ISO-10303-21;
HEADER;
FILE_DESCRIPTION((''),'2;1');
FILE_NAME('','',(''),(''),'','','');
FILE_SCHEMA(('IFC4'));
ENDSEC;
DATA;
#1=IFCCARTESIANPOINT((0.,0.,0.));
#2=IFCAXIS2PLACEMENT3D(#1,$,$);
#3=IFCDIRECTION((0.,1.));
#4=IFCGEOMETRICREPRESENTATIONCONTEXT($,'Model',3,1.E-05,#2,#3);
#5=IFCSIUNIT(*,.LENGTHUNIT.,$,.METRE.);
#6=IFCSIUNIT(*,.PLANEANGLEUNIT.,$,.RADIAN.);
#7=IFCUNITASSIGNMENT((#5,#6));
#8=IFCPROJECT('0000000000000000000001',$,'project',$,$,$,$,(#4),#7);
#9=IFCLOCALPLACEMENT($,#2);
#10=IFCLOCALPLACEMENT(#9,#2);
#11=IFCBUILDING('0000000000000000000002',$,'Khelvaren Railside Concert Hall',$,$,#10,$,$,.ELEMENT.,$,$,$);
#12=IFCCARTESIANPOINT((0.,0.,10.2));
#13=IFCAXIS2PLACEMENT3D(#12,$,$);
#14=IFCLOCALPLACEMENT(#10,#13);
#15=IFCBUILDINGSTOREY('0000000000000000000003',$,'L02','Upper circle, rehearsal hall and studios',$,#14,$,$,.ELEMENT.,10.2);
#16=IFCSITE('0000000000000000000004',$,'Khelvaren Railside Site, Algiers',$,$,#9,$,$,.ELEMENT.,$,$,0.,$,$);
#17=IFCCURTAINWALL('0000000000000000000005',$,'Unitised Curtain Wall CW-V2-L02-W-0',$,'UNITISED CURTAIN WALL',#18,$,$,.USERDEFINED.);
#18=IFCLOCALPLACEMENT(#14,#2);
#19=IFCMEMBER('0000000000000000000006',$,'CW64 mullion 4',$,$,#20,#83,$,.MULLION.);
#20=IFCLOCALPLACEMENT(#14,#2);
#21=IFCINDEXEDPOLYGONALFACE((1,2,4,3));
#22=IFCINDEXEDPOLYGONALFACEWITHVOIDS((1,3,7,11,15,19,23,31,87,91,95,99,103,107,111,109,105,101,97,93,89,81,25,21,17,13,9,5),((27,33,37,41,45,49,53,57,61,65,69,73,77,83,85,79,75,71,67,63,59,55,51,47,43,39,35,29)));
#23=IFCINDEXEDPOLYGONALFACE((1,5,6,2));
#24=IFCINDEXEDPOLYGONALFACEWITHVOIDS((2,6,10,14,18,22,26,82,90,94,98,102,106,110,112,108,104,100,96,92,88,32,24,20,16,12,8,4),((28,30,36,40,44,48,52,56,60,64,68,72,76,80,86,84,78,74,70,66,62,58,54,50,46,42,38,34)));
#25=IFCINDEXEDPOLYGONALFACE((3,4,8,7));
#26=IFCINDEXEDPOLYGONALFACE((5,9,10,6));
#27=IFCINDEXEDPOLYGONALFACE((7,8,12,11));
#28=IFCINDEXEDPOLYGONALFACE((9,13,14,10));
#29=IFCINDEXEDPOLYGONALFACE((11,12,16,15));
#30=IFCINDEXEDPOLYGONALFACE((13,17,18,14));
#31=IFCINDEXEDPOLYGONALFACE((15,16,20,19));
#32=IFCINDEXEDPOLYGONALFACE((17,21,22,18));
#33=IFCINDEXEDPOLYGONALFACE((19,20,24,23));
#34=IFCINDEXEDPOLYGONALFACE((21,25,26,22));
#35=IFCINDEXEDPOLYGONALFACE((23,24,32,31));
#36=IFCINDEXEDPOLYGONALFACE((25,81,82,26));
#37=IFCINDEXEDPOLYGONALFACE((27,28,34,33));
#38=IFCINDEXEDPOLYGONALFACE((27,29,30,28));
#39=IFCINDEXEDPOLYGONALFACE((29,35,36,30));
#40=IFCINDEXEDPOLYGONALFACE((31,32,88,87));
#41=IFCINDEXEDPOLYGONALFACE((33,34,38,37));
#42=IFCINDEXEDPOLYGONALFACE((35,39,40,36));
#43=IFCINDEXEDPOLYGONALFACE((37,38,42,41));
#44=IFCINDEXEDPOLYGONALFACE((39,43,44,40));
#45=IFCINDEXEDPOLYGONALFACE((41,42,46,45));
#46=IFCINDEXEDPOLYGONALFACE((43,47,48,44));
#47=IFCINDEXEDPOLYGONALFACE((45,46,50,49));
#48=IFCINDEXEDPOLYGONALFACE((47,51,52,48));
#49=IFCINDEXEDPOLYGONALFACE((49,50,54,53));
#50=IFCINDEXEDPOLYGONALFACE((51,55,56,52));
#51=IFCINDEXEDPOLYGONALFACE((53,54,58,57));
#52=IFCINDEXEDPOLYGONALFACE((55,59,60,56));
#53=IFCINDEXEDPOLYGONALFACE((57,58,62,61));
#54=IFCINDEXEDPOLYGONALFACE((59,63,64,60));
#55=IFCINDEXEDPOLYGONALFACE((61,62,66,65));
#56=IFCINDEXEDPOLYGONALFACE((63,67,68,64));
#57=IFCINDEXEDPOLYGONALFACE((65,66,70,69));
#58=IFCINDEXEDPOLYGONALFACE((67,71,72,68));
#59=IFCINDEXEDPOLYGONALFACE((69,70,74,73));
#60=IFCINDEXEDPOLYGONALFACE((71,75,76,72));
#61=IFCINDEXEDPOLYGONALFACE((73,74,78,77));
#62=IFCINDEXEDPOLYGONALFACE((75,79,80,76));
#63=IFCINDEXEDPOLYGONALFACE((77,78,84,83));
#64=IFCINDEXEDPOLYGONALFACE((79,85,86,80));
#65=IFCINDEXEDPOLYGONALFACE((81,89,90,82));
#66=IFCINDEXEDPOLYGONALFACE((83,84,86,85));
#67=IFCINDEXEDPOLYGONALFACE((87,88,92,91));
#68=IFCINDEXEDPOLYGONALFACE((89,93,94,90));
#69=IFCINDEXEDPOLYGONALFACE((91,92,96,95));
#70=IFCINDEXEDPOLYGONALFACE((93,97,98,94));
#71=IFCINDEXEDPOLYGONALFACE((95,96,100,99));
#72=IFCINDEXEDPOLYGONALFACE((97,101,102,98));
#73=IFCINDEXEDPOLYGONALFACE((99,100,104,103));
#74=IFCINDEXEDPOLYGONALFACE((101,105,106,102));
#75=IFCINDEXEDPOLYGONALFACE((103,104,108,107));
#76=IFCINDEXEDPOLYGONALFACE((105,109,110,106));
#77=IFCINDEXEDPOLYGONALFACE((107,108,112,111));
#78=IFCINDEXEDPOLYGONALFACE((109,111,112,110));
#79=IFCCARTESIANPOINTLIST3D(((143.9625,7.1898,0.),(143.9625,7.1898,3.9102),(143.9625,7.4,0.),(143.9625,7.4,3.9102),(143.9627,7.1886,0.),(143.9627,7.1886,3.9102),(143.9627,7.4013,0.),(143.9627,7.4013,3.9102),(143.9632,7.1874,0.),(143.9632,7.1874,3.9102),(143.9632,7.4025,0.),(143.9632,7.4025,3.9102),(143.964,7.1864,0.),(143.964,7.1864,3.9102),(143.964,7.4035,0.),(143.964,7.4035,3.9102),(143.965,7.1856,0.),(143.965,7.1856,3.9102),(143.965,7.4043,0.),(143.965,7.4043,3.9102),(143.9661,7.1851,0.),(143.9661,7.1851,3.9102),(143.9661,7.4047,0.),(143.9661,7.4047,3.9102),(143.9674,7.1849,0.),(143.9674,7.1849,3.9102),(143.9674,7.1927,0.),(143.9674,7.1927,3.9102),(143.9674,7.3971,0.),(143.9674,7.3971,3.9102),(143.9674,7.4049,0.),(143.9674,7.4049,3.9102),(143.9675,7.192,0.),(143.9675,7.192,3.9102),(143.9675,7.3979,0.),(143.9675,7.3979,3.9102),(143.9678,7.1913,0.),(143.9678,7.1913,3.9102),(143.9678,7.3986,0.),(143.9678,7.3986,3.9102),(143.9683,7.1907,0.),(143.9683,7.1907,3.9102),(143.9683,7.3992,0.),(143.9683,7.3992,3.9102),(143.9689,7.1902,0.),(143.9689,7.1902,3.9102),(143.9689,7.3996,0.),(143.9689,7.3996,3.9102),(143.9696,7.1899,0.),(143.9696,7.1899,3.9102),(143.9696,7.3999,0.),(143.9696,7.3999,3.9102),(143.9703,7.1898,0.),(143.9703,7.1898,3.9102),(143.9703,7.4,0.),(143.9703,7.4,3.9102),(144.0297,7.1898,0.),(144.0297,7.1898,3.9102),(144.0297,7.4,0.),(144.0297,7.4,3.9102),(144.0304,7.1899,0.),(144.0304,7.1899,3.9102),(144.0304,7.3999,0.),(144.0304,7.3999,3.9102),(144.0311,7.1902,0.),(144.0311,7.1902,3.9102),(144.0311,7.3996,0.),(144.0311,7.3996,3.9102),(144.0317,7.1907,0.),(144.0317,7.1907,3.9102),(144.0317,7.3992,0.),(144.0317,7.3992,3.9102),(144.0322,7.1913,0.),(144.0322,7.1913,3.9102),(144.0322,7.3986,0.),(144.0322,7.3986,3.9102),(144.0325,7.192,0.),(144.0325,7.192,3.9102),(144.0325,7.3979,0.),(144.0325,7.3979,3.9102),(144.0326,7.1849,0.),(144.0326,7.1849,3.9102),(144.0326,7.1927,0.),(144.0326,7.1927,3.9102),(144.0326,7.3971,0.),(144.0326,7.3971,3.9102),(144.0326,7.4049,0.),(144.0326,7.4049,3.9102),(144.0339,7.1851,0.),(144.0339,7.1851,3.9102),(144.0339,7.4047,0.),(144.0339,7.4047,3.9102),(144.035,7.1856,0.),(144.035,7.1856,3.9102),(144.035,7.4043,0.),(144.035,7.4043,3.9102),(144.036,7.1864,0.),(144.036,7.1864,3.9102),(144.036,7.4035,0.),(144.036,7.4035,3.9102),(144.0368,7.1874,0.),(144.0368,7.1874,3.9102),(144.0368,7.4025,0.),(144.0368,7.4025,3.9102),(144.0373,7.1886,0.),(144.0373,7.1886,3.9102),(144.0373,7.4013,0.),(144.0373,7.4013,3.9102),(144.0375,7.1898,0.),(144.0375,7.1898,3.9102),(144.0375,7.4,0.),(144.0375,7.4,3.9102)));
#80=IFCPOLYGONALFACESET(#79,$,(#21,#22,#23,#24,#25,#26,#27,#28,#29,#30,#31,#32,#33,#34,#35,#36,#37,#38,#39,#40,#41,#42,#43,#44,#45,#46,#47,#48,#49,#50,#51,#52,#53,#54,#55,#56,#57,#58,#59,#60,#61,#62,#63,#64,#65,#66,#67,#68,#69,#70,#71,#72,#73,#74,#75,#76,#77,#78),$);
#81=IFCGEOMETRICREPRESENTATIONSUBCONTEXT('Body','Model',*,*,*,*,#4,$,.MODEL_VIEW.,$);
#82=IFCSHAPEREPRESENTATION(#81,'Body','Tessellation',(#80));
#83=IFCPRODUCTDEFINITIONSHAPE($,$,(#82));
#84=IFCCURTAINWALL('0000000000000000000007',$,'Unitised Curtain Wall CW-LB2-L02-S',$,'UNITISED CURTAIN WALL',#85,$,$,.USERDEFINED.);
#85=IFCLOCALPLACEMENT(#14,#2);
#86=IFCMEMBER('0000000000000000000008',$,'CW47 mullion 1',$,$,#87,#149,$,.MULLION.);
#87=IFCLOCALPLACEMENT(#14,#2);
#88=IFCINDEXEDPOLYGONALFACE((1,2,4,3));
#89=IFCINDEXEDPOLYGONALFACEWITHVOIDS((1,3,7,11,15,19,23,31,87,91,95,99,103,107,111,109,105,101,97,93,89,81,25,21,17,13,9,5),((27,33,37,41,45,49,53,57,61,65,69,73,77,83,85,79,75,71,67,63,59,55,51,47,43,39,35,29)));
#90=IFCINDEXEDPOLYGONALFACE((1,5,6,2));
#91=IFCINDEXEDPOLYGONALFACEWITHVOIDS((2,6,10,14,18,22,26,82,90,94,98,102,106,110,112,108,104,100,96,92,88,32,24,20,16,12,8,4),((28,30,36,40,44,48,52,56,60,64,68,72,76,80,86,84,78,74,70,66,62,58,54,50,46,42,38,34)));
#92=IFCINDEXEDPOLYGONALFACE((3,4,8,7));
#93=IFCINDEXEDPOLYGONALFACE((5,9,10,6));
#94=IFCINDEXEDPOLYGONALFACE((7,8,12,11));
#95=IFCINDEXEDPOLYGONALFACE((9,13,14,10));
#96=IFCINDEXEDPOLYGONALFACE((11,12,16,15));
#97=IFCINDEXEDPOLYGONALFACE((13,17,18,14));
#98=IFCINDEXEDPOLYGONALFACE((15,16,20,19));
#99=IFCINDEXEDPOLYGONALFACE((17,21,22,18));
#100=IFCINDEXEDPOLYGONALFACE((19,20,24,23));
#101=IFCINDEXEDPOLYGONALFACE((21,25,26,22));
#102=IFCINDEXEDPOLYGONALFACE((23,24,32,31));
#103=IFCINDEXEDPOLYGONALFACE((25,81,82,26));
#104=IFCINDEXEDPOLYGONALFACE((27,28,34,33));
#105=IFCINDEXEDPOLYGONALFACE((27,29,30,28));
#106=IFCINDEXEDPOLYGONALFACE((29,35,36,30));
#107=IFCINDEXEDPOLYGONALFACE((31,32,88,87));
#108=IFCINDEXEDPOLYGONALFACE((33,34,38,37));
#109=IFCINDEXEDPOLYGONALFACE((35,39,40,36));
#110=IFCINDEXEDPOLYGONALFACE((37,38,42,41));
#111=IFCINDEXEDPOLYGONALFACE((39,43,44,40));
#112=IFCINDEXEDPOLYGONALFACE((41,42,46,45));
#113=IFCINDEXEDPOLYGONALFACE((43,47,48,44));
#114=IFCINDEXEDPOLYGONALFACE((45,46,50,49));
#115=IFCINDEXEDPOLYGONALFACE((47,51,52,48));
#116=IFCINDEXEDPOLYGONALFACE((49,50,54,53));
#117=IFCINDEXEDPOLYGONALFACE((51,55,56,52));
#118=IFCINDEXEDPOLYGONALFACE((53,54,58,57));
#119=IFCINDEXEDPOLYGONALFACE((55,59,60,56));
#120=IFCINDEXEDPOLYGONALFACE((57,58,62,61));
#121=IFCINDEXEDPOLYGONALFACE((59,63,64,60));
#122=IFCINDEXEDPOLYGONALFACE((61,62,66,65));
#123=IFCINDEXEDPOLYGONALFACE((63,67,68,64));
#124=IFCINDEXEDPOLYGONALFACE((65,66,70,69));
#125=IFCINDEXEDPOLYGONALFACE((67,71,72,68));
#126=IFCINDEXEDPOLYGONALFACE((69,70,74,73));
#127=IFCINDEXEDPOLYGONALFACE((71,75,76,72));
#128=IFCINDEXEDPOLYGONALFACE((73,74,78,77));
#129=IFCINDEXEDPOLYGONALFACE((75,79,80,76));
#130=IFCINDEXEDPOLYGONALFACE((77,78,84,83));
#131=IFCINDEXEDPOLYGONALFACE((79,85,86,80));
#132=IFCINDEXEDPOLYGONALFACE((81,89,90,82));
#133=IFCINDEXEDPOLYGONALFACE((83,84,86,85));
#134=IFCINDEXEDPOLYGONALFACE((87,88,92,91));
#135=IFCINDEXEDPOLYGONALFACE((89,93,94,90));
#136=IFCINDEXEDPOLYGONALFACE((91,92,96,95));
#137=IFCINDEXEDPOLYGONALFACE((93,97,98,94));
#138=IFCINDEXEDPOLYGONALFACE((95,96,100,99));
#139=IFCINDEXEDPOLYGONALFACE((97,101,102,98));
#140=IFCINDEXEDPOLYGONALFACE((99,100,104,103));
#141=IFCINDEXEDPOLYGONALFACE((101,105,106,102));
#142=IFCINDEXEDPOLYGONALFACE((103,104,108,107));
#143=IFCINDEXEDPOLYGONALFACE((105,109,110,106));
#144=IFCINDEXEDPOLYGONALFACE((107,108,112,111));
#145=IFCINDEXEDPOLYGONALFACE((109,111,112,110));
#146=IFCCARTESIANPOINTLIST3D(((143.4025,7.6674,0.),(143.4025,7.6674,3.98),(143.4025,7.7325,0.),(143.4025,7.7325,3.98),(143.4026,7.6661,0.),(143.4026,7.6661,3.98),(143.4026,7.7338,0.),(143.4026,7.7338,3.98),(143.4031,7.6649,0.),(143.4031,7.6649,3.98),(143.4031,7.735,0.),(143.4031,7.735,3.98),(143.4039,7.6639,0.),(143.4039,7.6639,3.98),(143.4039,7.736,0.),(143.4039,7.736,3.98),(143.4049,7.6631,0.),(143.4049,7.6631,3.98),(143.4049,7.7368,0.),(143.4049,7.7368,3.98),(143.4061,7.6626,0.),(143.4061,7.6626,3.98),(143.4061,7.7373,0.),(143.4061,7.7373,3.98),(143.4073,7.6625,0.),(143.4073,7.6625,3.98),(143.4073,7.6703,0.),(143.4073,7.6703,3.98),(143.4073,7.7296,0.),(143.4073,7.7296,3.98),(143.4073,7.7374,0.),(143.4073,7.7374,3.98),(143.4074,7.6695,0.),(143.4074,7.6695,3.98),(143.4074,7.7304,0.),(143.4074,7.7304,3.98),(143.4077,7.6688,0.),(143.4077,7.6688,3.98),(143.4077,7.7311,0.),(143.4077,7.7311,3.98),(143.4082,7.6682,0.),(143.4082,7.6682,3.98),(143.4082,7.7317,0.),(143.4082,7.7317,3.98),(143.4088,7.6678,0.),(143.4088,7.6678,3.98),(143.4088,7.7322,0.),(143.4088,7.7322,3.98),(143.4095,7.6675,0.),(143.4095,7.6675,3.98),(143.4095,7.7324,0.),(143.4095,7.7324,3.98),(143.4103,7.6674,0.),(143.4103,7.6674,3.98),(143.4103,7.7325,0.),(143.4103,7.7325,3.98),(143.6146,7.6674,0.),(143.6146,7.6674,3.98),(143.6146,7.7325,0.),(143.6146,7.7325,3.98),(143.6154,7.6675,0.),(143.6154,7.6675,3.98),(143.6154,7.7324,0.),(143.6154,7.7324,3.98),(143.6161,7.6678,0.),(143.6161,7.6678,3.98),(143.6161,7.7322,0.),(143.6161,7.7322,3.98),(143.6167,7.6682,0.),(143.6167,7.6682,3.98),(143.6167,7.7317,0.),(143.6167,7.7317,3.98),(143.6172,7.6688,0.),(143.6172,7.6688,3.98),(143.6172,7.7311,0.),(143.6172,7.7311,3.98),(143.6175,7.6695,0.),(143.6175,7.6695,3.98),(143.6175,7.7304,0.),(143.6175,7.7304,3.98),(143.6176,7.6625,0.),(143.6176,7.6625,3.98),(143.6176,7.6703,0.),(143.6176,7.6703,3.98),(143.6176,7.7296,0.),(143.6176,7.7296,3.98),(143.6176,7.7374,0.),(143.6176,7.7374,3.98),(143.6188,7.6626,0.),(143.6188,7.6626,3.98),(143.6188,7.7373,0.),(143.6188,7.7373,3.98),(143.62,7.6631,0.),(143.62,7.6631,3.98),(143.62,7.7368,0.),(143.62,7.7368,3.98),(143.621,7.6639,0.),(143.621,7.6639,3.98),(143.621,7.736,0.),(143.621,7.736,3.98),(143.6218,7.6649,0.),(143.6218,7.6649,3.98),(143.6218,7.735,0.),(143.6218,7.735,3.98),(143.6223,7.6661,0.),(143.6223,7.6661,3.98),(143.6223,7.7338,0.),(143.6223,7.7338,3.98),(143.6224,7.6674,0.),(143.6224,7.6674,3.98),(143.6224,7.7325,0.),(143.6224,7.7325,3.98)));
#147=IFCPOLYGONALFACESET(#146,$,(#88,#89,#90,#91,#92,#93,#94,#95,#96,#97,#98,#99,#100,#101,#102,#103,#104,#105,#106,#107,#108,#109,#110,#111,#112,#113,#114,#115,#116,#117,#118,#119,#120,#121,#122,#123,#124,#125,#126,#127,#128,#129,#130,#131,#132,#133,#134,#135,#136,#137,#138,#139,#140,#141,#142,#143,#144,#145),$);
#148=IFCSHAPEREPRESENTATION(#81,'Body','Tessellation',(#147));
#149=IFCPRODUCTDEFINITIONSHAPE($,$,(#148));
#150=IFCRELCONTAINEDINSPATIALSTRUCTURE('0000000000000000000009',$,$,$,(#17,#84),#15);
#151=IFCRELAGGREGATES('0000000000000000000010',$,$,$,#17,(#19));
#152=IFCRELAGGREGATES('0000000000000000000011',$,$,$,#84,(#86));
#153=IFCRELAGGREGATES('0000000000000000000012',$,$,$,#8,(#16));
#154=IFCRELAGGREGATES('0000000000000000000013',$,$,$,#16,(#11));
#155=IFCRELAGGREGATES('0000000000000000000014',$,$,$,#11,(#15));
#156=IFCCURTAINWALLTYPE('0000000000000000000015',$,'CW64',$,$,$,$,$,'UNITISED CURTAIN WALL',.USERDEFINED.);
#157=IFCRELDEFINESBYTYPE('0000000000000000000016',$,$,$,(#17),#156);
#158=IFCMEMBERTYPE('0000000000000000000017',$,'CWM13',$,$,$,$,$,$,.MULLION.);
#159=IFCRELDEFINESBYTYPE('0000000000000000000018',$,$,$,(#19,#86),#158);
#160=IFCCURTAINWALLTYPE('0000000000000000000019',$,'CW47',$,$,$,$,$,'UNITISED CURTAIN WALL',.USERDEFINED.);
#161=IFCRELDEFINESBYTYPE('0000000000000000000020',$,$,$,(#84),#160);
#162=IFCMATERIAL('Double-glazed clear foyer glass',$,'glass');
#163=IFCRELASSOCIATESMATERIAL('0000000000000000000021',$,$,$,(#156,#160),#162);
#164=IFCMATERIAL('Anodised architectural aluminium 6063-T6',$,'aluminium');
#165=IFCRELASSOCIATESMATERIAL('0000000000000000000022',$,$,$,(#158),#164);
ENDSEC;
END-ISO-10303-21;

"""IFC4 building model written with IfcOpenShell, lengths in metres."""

from ifc_helpers import new_model, si_unit, direction, frame, origin, origin_2d, place, context, subcontext, project, spatial, hollow_rectangle, extrude, material, material_profile, profile_set, type_object, element, aggregate, save


model = new_model("IFC4")

# Units and contexts
model_context = context("Model", 3, precision=1e-05, world=origin(), true_north=direction((0.0, 1.0)))
body_context = subcontext(model_context, "Body", "Model", "MODEL_VIEW")
ifc_project = project(units=[si_unit("LENGTHUNIT", "METRE"), si_unit("PLANEANGLEUNIT", "RADIAN")], contexts=[model_context])

# Site, building, storey
site_placement = place(None, origin())
site = spatial("IfcSite", under=ifc_project, at=site_placement, Name="Khelvaren Railside Site, Algiers", CompositionType="ELEMENT", RefElevation=0.0)
building_placement = place(site_placement, origin())
building = spatial("IfcBuilding", under=site, at=building_placement, Name="Khelvaren Railside Concert Hall", CompositionType="ELEMENT")
storey_placement = place(building_placement, frame((0.0, 0.0, 10.2)))
storey = spatial("IfcBuildingStorey", under=building, at=storey_placement, Name="L02", Description="Upper circle, rehearsal hall and studios", CompositionType="ELEMENT", Elevation=10.2)

# Curtain wall, member
ifc_material_1 = material(Name="Double-glazed clear foyer glass", Category="glass")
curtain_wall_type_1 = type_object("IfcCurtainWallType", Name="CW64", ElementType="UNITISED CURTAIN WALL", PredefinedType="USERDEFINED", material=ifc_material_1)
curtain_wall_1_placement = place(storey_placement, origin())
curtain_wall_1 = element("IfcCurtainWall", 1, at=curtain_wall_1_placement, inside=storey, type_object=curtain_wall_type_1, Name="Unitised Curtain Wall CW-V2-L02-W-0", ObjectType="UNITISED CURTAIN WALL", PredefinedType="USERDEFINED")
ifc_material_2 = material(Name="Anodised architectural aluminium 6063-T6", Category="aluminium")
ifc_material_profile_1 = material_profile(ifc_material_2, hollow_rectangle(XDim=0.075, YDim=0.22, WallThickness=0.0049, InnerFilletRadius=0.0029, OuterFilletRadius=0.0049, at=origin_2d()), Name="CWM 75x220x5")
ifc_profile_set_1 = profile_set([ifc_material_profile_1], Name="Anodised architectural aluminium 6063-T6")
member_type_1 = type_object("IfcMemberType", Name="CWM13", PredefinedType="MULLION", material=ifc_profile_set_1)
member_1_placement = place(storey_placement, frame((144.0, 7.2949, 0.0), z_axis=(0.0, 0.0, 1.0), x_axis=(-1.0, 0.0, 0.0)))
member_1 = element("IfcMember", 2, at=member_1_placement, type_object=member_type_1, Name="CW64 mullion 4", PredefinedType="MULLION", context=body_context, shape_type="SweptSolid", body=[
    extrude(hollow_rectangle(XDim=0.075, YDim=0.22, WallThickness=0.0049, InnerFilletRadius=0.0029, OuterFilletRadius=0.0049, at=origin_2d()), origin(), (0.0, 0.0, 1.0), 3.9102),
])

# Curtain wall, member
curtain_wall_type_2 = type_object("IfcCurtainWallType", Name="CW47", ElementType="UNITISED CURTAIN WALL", PredefinedType="USERDEFINED", material=ifc_material_1)
curtain_wall_2_placement = place(storey_placement, origin())
curtain_wall_2 = element("IfcCurtainWall", 3, at=curtain_wall_2_placement, inside=storey, type_object=curtain_wall_type_2, Name="Unitised Curtain Wall CW-LB2-L02-S", ObjectType="UNITISED CURTAIN WALL", PredefinedType="USERDEFINED")
member_2_placement = place(storey_placement, frame((143.5125, 7.7, 0.0), z_axis=(0.0, 0.0, 1.0), x_axis=(0.0, -1.0, 0.0)))
member_2 = element("IfcMember", 4, at=member_2_placement, type_object=member_type_1, Name="CW47 mullion 1", PredefinedType="MULLION", context=body_context, shape_type="SweptSolid", body=[
    extrude(hollow_rectangle(XDim=0.075, YDim=0.22, WallThickness=0.0049, InnerFilletRadius=0.0029, OuterFilletRadius=0.0049, at=origin_2d()), origin(), (0.0, 0.0, 1.0), 3.98),
])

aggregate(curtain_wall_1, [member_1])
aggregate(curtain_wall_2, [member_2])

save(model, "model.ifc")
